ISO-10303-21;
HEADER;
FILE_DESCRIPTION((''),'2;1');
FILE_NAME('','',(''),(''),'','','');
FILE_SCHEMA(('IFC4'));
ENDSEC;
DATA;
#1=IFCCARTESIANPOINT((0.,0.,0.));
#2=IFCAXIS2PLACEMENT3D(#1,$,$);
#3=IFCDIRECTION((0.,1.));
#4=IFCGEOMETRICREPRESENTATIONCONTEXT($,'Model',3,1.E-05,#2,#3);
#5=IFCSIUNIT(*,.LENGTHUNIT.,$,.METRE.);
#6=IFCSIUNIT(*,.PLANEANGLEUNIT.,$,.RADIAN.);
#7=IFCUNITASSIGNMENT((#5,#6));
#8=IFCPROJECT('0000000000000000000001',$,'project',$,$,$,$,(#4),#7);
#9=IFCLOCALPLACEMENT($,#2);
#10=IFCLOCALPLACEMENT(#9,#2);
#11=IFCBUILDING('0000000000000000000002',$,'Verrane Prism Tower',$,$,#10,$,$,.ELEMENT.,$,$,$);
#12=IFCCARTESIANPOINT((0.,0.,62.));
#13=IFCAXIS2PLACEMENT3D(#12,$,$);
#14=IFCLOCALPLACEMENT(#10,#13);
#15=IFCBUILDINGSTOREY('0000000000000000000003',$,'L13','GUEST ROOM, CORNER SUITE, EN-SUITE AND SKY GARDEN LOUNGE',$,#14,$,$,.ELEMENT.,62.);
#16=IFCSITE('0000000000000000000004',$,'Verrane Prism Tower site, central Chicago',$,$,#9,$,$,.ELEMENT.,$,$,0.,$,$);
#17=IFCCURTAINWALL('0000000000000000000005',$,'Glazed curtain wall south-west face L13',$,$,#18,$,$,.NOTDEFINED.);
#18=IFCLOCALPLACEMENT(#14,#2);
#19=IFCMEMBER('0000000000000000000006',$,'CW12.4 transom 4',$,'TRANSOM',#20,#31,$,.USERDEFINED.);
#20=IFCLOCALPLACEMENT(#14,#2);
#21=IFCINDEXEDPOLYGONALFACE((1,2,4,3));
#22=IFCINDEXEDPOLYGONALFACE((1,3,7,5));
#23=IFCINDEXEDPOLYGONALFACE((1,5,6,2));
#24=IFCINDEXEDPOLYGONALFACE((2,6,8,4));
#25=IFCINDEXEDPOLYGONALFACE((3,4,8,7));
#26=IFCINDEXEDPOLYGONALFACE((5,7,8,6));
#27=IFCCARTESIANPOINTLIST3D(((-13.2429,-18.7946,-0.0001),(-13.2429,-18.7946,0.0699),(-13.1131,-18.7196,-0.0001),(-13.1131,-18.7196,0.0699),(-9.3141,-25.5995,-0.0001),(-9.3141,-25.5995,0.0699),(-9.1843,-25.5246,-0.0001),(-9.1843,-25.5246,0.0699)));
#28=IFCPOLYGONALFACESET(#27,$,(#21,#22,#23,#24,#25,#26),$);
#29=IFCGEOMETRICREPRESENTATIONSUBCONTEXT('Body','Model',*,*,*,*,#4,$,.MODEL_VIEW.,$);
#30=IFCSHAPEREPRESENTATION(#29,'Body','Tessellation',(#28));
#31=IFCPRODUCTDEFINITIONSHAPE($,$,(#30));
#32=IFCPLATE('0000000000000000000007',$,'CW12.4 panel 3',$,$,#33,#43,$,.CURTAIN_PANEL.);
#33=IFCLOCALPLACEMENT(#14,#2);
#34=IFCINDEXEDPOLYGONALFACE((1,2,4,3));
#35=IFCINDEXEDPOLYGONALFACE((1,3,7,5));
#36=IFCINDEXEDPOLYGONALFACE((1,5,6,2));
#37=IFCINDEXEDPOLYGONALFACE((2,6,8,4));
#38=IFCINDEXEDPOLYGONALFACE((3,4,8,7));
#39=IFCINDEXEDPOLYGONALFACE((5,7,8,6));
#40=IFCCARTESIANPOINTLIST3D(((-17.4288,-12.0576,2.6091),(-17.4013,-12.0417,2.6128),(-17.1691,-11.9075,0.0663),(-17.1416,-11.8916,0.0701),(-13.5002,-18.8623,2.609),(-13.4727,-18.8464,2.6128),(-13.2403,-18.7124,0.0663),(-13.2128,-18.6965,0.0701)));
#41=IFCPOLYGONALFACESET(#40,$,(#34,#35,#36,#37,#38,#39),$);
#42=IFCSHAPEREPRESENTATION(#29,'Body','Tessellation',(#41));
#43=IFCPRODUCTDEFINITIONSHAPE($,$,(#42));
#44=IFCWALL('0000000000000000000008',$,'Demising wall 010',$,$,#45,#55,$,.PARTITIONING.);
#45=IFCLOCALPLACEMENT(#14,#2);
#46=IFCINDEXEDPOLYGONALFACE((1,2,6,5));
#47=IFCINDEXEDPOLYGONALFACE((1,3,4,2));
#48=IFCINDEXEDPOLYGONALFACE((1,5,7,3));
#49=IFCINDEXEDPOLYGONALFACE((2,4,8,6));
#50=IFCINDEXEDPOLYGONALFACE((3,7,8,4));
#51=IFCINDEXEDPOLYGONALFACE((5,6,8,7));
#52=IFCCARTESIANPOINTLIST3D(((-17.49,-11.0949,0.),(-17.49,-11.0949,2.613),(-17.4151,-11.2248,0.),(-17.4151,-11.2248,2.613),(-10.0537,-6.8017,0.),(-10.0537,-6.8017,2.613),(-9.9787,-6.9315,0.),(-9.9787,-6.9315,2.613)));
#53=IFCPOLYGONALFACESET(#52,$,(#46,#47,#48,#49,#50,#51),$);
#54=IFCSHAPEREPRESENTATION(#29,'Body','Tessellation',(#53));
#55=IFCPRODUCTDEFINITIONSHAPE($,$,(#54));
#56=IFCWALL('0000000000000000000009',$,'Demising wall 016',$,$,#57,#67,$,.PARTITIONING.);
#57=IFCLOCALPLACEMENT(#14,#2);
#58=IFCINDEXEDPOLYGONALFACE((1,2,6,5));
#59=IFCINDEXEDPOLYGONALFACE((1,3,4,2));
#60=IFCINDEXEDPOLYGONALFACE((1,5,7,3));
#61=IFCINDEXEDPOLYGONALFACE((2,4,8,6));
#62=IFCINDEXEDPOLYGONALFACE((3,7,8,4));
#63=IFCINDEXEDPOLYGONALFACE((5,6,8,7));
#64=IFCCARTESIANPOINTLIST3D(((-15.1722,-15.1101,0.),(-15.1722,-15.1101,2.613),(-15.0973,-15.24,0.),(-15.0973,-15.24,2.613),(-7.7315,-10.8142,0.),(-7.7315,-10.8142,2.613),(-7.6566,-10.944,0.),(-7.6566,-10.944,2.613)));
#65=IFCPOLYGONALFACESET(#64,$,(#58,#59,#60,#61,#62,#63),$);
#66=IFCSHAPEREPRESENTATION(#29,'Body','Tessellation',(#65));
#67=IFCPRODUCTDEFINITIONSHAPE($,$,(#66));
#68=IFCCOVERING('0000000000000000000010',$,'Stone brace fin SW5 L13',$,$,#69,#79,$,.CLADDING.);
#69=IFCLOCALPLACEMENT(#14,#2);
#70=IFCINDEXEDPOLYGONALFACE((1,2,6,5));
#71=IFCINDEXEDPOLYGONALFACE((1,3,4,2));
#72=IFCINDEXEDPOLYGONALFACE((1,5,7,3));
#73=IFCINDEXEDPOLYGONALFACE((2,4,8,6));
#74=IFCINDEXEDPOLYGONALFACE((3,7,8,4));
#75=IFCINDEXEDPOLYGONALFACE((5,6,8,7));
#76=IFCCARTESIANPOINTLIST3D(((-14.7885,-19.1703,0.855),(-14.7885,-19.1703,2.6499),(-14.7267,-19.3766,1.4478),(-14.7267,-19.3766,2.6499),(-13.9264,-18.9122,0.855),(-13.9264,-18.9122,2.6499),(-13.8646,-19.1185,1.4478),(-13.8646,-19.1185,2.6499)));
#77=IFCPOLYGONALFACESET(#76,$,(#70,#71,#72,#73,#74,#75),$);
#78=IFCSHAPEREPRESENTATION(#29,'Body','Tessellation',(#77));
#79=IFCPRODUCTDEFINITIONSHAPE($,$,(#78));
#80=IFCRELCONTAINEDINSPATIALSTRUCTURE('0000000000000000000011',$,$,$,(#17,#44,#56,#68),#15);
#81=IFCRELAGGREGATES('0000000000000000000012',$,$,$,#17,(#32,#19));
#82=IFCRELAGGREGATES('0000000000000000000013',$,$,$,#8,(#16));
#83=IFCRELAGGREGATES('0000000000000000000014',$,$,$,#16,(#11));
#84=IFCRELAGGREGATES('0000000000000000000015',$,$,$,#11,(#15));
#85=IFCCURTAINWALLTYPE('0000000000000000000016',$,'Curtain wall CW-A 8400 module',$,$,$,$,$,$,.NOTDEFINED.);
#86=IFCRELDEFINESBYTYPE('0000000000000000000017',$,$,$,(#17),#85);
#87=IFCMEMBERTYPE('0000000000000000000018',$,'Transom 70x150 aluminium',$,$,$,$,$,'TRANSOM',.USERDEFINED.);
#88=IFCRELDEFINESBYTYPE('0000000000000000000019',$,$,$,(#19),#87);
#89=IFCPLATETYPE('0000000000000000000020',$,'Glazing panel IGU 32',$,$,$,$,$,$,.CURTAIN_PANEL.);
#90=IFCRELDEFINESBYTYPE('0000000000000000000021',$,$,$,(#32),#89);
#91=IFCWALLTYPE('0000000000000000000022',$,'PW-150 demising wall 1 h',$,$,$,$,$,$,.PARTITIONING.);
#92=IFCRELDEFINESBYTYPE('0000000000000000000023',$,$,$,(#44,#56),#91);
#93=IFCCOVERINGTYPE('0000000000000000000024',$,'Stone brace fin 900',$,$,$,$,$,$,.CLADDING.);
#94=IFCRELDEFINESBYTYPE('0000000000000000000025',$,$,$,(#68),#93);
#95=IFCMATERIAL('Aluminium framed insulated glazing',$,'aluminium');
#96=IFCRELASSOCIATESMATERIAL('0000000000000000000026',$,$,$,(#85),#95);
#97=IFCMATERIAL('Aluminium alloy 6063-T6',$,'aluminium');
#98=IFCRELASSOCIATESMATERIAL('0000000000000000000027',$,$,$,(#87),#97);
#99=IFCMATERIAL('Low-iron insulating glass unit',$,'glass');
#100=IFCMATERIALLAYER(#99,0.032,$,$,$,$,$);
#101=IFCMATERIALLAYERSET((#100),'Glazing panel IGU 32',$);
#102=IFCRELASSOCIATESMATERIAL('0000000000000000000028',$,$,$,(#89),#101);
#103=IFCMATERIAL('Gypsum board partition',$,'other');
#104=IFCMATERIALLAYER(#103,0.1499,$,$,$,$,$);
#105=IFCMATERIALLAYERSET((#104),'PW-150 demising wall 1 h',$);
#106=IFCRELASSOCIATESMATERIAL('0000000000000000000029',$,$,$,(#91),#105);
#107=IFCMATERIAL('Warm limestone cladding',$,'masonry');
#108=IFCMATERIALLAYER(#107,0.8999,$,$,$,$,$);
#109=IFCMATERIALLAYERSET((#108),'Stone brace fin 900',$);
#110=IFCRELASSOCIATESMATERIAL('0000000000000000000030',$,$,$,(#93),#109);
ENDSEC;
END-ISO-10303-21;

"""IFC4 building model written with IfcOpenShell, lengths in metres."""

from ifc_helpers import new_model, si_unit, direction, frame, frame_2d, origin, origin_2d, place, context, subcontext, project, spatial, polyline, rectangle, outline, extrude, material, layer, layer_set, material_profile, profile_set, type_object, element, aggregate, save


model = new_model("IFC4")

# Units and contexts
model_context = context("Model", 3, precision=1e-05, world=origin(), true_north=direction((0.0, 1.0)))
body_context = subcontext(model_context, "Body", "Model", "MODEL_VIEW")
ifc_project = project(units=[si_unit("LENGTHUNIT", "METRE"), si_unit("PLANEANGLEUNIT", "RADIAN")], contexts=[model_context])

# Site, building, storey
site_placement = place(None, origin())
site = spatial("IfcSite", under=ifc_project, at=site_placement, Name="Verrane Prism Tower site, central Chicago", CompositionType="ELEMENT", RefElevation=0.0)
building_placement = place(site_placement, origin())
building = spatial("IfcBuilding", under=site, at=building_placement, Name="Verrane Prism Tower", CompositionType="ELEMENT")
storey_placement = place(building_placement, frame((0.0, 0.0, 62.0)))
storey = spatial("IfcBuildingStorey", under=building, at=storey_placement, Name="L13", Description="GUEST ROOM, CORNER SUITE, EN-SUITE AND SKY GARDEN LOUNGE", CompositionType="ELEMENT", Elevation=62.0)

# Curtain wall
ifc_material_1 = material(Name="Aluminium framed insulated glazing", Category="aluminium")
curtain_wall_type = type_object("IfcCurtainWallType", Name="Curtain wall CW-A 8400 module", PredefinedType="NOTDEFINED", material=ifc_material_1)
curtain_wall_placement = place(storey_placement, origin())
curtain_wall = element("IfcCurtainWall", 1, at=curtain_wall_placement, inside=storey, type_object=curtain_wall_type, Name="Glazed curtain wall south-west face L13", PredefinedType="NOTDEFINED")

# Member
ifc_material_2 = material(Name="Aluminium alloy 6063-T6", Category="aluminium")
ifc_material_profile_1 = material_profile(ifc_material_2, rectangle(XDim=0.1499, YDim=0.0701, at=origin_2d()), Name="Transom 70x150 aluminium")
ifc_profile_set_1 = profile_set([ifc_material_profile_1], Name="Aluminium alloy 6063-T6")
member_type_1 = type_object("IfcMemberType", Name="Transom 70x150 aluminium", ElementType="TRANSOM", PredefinedType="USERDEFINED", material=ifc_profile_set_1)
member_1_placement = place(storey_placement, frame((-13.178, -18.7571, 0.0349), z_axis=(0.499989, -0.866032, 0.0), x_axis=(0.866032, 0.499989, 0.0)))
member_1 = element("IfcMember", 2, at=member_1_placement, type_object=member_type_1, Name="CW12.4 transom 4", ObjectType="TRANSOM", PredefinedType="USERDEFINED", context=body_context, shape_type="SweptSolid", body=[
    extrude(rectangle(XDim=0.1499, YDim=0.0701, at=origin_2d()), origin(), (0.0, 0.0, 1.0), 7.8577),
])

# Plate
ifc_material_3 = material(Name="Low-iron insulating glass unit", Category="glass")
ifc_layer_1 = layer(ifc_material_3, 0.032)
ifc_layer_set_1 = layer_set([ifc_layer_1], Name="Glazing panel IGU 32")
plate_type = type_object("IfcPlateType", Name="Glazing panel IGU 32", PredefinedType="CURTAIN_PANEL", material=ifc_layer_set_1)
plate_placement = place(storey_placement, frame((-17.1416, -11.8916, 0.0701), z_axis=(0.860064, 0.496552, 0.117162), x_axis=(0.499995, -0.866028, 0.000001)))
plate = element("IfcPlate", 3, at=plate_placement, type_object=plate_type, Name="CW12.4 panel 3", PredefinedType="CURTAIN_PANEL", context=body_context, shape_type="SweptSolid", body=[
    extrude(outline(polyline([(0.0, 0.0), (7.8576, 0.0), (7.8575, -2.5604), (0.0002, -2.5604), (0.0, 0.0)])), origin(), (0.0, 0.0, -1.0), 0.032),
])
aggregate(curtain_wall, [plate, member_1])

# Walls
ifc_material_4 = material(Name="Gypsum board partition", Category="other")
ifc_layer_2 = layer(ifc_material_4, 0.1499)
ifc_layer_set_2 = layer_set([ifc_layer_2], Name="PW-150 demising wall 1 h")
wall_type = type_object("IfcWallType", Name="PW-150 demising wall 1 h", PredefinedType="PARTITIONING", material=ifc_layer_set_2)
wall_1_placement = place(storey_placement, frame((-17.4526, -11.1599, 0.0), z_axis=(0.0, 0.0, 1.0), x_axis=(0.866032, 0.499989, 0.0)))
element("IfcWall", 4, at=wall_1_placement, inside=storey, type_object=wall_type, Name="Demising wall 010", PredefinedType="PARTITIONING", context=body_context, shape_type="SweptSolid", body=[
    extrude(rectangle(XDim=8.5867, YDim=0.1499, at=frame_2d((4.2935, 0.0))), origin(), (0.0, 0.0, 1.0), 2.613),
])
wall_2_placement = place(storey_placement, frame((-15.1348, -15.175, 0.0), z_axis=(0.0, 0.0, 1.0), x_axis=(0.866024, 0.500002, 0.0)))
element("IfcWall", 5, at=wall_2_placement, inside=storey, type_object=wall_type, Name="Demising wall 016", PredefinedType="PARTITIONING", context=body_context, shape_type="SweptSolid", body=[
    extrude(rectangle(XDim=8.5918, YDim=0.1499, at=frame_2d((4.2959, 0.0))), origin(), (0.0, 0.0, 1.0), 2.613),
])

# Covering
ifc_material_5 = material(Name="Warm limestone cladding", Category="masonry")
ifc_layer_3 = layer(ifc_material_5, 0.8999)
ifc_layer_set_3 = layer_set([ifc_layer_3], Name="Stone brace fin 900")
covering_type = type_object("IfcCoveringType", Name="Stone brace fin 900", PredefinedType="CLADDING", material=ifc_layer_set_3)
covering_placement = place(storey_placement, frame((-14.3574, -19.0413, 0.855), z_axis=(0.0, 0.0, 1.0), x_axis=(0.286828, -0.957982, 0.0)))
element("IfcCovering", 6, at=covering_placement, inside=storey, type_object=covering_type, Name="Stone brace fin SW5 L13", PredefinedType="CLADDING", context=body_context, shape_type="SweptSolid", body=[
    extrude(outline(polyline([(0.2153, 1.7949), (0.0, 1.7949), (0.0, 0.0), (0.2153, 0.5928), (0.2153, 1.7949)])), frame((0.0, 0.45, 0.0), z_axis=(0.0, -1.0, 0.0), x_axis=(1.0, 0.0, 0.0)), (0.0, 0.0, 1.0), 0.8999),
])

save(model, "model.ifc")
